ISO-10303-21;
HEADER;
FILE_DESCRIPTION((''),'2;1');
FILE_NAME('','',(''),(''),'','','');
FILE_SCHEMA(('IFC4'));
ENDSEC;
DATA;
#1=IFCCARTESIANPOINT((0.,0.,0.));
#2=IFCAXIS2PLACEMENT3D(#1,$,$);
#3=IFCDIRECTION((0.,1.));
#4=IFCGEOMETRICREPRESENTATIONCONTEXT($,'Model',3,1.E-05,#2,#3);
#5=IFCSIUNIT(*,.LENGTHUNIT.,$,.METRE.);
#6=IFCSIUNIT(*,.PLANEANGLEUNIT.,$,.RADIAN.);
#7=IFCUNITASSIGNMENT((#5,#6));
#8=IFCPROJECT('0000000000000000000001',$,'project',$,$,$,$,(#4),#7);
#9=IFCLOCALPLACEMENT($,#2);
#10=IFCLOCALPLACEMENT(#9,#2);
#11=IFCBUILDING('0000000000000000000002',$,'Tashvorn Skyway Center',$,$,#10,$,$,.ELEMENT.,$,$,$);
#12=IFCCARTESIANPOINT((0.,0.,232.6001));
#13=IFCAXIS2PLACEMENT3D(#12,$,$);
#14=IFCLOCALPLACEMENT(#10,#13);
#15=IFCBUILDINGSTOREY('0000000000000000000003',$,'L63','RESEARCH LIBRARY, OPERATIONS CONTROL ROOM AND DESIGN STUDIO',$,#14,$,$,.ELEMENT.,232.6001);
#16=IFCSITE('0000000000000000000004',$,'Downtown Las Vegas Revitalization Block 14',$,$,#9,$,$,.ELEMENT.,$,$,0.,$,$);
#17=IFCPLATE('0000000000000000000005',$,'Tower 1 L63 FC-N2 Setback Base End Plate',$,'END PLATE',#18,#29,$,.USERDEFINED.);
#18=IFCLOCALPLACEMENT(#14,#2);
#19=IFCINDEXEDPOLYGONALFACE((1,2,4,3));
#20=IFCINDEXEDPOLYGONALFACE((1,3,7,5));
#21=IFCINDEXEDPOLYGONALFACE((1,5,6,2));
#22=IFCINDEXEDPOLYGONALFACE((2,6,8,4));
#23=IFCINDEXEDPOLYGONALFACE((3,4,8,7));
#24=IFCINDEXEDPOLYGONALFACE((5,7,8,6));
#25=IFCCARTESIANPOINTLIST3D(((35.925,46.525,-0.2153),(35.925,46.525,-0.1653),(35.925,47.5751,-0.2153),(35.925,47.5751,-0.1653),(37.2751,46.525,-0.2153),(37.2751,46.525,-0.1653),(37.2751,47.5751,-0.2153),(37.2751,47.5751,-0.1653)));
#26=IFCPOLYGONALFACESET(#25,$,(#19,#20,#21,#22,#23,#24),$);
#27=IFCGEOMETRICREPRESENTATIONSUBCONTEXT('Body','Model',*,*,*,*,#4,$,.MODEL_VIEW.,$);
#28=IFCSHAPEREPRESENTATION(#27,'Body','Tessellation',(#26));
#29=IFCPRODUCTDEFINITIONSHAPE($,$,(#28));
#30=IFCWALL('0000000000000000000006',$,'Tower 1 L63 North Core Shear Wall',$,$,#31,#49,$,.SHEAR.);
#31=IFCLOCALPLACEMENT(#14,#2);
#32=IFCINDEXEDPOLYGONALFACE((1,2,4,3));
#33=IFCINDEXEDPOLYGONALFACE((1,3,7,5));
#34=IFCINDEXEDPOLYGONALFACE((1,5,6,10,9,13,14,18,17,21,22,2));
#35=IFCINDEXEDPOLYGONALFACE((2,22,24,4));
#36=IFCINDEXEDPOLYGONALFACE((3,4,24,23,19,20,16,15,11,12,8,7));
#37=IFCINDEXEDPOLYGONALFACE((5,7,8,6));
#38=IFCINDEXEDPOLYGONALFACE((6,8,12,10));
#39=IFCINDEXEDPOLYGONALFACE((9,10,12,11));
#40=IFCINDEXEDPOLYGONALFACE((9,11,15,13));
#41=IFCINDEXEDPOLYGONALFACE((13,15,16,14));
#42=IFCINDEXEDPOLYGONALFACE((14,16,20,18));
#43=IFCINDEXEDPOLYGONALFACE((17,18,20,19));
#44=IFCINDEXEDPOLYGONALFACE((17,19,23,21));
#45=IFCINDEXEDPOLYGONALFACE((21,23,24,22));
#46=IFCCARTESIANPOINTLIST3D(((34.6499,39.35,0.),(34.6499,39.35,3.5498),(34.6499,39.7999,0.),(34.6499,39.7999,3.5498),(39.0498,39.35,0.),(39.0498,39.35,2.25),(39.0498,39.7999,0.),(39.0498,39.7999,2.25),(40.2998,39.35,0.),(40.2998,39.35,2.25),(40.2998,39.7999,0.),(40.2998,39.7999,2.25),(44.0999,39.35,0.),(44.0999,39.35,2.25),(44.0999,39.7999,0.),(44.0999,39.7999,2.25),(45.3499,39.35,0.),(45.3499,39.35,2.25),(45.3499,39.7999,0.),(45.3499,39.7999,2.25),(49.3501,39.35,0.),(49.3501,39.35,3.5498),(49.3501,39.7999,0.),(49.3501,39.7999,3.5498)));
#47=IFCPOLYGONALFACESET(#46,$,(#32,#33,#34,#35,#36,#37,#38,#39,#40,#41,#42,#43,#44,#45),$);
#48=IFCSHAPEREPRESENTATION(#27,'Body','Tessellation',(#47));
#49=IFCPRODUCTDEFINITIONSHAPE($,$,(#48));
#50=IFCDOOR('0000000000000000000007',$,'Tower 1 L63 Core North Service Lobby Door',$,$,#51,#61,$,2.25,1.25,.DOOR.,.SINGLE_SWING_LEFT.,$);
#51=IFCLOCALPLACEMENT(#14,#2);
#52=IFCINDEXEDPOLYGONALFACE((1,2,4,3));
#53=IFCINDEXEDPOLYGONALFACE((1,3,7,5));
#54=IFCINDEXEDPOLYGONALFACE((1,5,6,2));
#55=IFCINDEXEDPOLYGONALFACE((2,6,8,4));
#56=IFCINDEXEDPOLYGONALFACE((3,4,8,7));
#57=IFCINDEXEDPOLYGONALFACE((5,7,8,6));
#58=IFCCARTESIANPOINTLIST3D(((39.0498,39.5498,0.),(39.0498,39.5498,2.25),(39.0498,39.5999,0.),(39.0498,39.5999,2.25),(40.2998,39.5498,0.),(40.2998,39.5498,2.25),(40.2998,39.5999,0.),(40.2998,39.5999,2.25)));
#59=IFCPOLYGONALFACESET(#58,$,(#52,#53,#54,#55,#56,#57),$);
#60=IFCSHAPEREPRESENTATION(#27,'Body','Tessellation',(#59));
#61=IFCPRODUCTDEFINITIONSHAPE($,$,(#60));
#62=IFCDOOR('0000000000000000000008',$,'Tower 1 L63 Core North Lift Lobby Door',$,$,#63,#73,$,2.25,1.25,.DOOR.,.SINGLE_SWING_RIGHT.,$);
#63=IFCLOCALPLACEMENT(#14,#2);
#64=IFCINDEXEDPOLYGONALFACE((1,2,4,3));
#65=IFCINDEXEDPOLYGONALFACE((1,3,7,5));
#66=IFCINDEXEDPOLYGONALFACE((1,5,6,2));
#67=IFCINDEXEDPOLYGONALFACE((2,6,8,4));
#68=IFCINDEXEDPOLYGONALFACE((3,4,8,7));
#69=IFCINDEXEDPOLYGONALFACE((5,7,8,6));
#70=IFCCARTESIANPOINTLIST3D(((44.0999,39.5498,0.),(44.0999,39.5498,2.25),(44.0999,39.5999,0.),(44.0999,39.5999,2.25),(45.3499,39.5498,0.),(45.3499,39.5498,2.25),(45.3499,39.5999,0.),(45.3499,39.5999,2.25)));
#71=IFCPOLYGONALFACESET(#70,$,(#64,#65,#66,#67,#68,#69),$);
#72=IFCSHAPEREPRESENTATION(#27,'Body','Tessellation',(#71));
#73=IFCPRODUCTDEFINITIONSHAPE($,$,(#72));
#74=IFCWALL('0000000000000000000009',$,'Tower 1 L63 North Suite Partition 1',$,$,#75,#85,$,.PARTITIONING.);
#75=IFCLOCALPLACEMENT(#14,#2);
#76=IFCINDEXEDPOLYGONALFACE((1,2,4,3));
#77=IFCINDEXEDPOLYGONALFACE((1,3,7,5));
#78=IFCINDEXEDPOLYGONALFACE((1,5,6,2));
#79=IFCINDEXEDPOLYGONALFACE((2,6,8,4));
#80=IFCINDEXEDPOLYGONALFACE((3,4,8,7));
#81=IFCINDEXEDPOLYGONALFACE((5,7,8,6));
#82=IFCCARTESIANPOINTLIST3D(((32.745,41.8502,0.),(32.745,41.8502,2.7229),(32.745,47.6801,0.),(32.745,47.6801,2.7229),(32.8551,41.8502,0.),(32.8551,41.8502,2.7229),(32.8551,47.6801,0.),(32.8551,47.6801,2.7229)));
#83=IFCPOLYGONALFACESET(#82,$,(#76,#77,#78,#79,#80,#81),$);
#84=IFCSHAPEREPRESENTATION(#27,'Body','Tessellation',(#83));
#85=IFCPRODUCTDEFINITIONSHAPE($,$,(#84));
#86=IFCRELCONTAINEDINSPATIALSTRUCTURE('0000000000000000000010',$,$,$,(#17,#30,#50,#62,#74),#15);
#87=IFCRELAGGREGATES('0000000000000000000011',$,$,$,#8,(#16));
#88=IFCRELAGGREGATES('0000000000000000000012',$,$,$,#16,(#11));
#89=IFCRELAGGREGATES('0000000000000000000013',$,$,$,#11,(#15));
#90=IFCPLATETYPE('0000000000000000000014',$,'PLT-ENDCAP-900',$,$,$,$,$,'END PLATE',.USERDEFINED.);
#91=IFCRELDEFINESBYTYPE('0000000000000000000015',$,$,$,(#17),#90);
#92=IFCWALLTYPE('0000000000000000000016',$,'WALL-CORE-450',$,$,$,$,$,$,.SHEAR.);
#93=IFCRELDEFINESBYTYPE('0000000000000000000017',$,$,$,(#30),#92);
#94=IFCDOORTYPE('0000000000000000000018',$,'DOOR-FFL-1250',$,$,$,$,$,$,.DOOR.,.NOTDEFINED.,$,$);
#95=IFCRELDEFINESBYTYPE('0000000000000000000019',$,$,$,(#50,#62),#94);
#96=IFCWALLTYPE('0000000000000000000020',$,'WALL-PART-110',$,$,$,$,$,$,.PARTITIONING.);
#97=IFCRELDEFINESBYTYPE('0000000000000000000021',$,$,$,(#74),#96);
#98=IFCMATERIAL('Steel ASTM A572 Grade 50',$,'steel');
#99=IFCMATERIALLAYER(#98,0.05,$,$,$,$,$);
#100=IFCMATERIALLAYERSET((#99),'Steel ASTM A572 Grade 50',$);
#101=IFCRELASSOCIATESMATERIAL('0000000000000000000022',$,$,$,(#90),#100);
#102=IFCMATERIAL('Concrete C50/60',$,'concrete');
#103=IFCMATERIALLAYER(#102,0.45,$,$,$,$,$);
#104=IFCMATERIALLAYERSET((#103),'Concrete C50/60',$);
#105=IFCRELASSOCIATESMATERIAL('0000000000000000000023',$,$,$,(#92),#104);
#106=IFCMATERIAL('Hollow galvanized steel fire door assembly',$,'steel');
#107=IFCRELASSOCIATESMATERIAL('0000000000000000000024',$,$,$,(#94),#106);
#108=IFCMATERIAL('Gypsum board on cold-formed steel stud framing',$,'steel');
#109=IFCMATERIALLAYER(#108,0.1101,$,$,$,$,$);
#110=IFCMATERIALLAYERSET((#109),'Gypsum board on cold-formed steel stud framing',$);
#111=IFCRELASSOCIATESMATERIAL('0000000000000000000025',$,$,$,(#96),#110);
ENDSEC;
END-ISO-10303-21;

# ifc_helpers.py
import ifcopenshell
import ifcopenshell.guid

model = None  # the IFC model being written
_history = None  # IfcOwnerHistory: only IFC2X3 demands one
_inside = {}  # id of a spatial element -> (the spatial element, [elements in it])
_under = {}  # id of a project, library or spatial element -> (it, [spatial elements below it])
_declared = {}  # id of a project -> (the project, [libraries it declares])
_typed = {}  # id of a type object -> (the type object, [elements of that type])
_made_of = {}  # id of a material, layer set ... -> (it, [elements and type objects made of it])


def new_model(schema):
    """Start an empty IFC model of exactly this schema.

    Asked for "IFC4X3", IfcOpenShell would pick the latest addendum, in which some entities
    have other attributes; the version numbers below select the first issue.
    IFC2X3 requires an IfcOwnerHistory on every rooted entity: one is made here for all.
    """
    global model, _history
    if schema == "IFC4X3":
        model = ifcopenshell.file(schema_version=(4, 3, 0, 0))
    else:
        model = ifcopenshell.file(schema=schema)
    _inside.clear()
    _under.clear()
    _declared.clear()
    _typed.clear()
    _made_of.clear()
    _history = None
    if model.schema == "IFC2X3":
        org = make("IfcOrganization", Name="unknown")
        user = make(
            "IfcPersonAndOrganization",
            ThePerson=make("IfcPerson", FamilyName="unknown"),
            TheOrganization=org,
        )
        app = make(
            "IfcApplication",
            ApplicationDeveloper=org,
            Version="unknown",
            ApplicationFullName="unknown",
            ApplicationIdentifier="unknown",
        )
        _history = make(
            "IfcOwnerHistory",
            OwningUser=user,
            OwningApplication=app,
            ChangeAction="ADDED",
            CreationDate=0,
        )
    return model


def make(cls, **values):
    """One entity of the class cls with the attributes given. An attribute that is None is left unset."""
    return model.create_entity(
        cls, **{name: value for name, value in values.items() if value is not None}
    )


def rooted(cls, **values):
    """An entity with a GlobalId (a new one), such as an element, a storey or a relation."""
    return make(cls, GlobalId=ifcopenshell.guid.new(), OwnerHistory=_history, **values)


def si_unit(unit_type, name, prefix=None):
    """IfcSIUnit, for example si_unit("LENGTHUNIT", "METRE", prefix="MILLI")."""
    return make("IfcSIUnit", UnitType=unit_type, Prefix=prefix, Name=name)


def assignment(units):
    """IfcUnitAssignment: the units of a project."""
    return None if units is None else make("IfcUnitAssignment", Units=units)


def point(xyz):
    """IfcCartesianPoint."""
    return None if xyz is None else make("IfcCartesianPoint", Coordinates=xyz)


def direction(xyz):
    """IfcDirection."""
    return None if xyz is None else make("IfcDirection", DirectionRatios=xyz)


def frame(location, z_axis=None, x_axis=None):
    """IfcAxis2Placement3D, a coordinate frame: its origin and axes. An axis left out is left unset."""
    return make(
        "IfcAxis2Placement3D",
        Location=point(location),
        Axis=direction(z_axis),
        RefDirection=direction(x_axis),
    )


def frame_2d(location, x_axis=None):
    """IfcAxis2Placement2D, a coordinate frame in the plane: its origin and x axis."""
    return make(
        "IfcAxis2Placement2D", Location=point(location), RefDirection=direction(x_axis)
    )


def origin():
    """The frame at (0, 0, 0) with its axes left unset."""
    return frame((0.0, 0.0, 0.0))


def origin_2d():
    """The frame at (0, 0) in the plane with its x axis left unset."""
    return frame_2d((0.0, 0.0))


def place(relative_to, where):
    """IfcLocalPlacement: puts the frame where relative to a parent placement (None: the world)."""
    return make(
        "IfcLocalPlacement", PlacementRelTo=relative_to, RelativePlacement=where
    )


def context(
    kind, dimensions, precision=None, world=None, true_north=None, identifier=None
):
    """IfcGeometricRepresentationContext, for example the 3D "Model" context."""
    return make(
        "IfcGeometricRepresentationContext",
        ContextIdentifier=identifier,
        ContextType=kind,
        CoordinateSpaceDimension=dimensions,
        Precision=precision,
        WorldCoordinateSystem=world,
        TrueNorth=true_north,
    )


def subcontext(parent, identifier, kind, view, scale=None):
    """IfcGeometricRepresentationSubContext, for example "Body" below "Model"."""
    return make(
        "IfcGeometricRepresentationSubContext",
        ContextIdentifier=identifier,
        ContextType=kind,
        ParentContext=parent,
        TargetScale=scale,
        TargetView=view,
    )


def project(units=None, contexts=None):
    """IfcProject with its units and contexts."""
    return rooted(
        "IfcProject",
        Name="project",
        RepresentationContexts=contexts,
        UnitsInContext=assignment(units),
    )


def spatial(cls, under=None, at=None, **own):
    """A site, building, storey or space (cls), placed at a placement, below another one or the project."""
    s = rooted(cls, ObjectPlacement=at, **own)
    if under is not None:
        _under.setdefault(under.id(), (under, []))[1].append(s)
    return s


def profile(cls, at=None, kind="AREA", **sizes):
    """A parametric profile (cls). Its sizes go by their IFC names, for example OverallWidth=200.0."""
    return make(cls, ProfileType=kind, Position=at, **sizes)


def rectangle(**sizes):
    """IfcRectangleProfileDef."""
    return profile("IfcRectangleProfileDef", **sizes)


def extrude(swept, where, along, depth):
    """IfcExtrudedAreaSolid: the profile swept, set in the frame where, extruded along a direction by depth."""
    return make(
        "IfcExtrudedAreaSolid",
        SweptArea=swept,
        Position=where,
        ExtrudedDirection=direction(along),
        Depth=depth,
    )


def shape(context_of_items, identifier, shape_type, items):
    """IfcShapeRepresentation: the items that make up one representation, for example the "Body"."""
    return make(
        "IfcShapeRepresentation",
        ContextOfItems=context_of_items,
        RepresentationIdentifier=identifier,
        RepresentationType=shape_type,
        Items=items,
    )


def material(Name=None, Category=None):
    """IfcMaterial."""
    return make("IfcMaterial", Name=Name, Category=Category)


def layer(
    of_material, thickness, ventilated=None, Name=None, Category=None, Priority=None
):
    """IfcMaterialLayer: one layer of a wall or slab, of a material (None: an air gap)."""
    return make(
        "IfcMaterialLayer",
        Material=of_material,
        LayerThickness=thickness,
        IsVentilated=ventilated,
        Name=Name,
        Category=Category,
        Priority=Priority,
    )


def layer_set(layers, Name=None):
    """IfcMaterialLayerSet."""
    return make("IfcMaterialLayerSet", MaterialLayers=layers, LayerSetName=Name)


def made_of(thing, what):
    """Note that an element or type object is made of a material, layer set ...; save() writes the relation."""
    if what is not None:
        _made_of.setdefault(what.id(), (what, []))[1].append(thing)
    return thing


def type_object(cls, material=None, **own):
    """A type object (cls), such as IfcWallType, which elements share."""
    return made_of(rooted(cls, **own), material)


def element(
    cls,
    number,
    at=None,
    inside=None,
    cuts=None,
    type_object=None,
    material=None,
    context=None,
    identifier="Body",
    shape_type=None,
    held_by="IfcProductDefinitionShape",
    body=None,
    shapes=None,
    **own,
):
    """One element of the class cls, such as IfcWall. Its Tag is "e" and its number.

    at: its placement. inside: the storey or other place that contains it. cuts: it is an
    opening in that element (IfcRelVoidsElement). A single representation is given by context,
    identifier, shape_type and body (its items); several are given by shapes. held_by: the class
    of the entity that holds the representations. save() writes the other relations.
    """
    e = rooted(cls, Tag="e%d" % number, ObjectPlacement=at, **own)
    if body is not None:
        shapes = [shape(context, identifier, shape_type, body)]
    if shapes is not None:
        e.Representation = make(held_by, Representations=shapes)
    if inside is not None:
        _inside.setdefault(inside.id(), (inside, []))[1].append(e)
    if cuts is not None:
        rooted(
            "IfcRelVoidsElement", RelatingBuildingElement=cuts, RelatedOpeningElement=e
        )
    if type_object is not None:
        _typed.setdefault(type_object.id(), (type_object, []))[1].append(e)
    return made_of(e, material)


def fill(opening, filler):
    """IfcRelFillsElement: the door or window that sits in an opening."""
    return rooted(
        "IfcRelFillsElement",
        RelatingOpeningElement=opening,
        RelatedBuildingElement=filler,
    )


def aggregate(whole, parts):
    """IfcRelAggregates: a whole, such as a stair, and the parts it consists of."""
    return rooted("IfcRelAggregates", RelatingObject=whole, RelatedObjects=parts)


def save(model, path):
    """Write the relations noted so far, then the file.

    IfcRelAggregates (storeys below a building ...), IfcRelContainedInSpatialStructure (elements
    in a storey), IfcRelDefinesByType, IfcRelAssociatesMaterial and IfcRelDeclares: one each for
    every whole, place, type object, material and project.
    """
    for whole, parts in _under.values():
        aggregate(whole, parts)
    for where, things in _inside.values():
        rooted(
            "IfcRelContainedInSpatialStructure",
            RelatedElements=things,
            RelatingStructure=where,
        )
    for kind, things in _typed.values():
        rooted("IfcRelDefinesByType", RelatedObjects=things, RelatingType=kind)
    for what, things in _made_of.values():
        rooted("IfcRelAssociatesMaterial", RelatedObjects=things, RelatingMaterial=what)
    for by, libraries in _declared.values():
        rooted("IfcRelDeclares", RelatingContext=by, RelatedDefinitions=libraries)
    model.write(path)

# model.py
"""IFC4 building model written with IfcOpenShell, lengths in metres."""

from ifc_helpers import new_model, si_unit, direction, frame, frame_2d, origin, origin_2d, place, context, subcontext, project, spatial, rectangle, extrude, material, layer, layer_set, type_object, element, fill, save


model = new_model("IFC4")

# Units and contexts
model_context = context("Model", 3, precision=1e-05, world=origin(), true_north=direction((0.0, 1.0)))
body_context = subcontext(model_context, "Body", "Model", "MODEL_VIEW")
ifc_project = project(units=[si_unit("LENGTHUNIT", "METRE"), si_unit("PLANEANGLEUNIT", "RADIAN")], contexts=[model_context])

# Site, building, storey
site_placement = place(None, origin())
site = spatial("IfcSite", under=ifc_project, at=site_placement, Name="Downtown Las Vegas Revitalization Block 14", CompositionType="ELEMENT", RefElevation=0.0)
building_placement = place(site_placement, origin())
building = spatial("IfcBuilding", under=site, at=building_placement, Name="Tashvorn Skyway Center", CompositionType="ELEMENT")
storey_placement = place(building_placement, frame((0.0, 0.0, 232.6001)))
storey = spatial("IfcBuildingStorey", under=building, at=storey_placement, Name="L63", Description="RESEARCH LIBRARY, OPERATIONS CONTROL ROOM AND DESIGN STUDIO", CompositionType="ELEMENT", Elevation=232.6001)

# Shared definitions
ifc_material_1 = material(Name="Steel ASTM A572 Grade 50", Category="steel")

# Plate
ifc_layer_1 = layer(ifc_material_1, 0.05)
ifc_layer_set_1 = layer_set([ifc_layer_1], Name="Steel ASTM A572 Grade 50")
plate_type_1 = type_object("IfcPlateType", Name="PLT-ENDCAP-900", ElementType="END PLATE", PredefinedType="USERDEFINED", material=ifc_layer_set_1)
plate_1_placement = place(storey_placement, frame((36.6001, 47.05, -0.2153), z_axis=(0.0, 0.0, 1.0), x_axis=(1.0, 0.0, 0.0)))
element("IfcPlate", 1, at=plate_1_placement, inside=storey, type_object=plate_type_1, Name="Tower 1 L63 FC-N2 Setback Base End Plate", ObjectType="END PLATE", PredefinedType="USERDEFINED", context=body_context, shape_type="SweptSolid", body=[
    extrude(rectangle(XDim=1.3501, YDim=1.05, at=origin_2d()), origin(), (0.0, 0.0, 1.0), 0.05),
])

# Wall, openings, doors
ifc_material_2 = material(Name="Concrete C50/60", Category="concrete")
ifc_layer_2 = layer(ifc_material_2, 0.45)
ifc_layer_set_2 = layer_set([ifc_layer_2], Name="Concrete C50/60")
wall_type_1 = type_object("IfcWallType", Name="WALL-CORE-450", PredefinedType="SHEAR", material=ifc_layer_set_2)
wall_1_placement = place(storey_placement, frame((34.6499, 39.575, 0.0), z_axis=(0.0, 0.0, 1.0), x_axis=(1.0, 0.0, 0.0)))
wall_1 = element("IfcWall", 2, at=wall_1_placement, inside=storey, type_object=wall_type_1, Name="Tower 1 L63 North Core Shear Wall", PredefinedType="SHEAR", context=body_context, shape_type="SweptSolid", body=[
    extrude(rectangle(XDim=14.7002, YDim=0.45, at=frame_2d((7.3501, 0.0))), origin(), (0.0, 0.0, 1.0), 3.5498),
])
opening_1_placement = place(wall_1_placement, frame((4.3999, 0.0, 0.0)))
opening_1 = element("IfcOpeningElement", 3, at=opening_1_placement, cuts=wall_1, PredefinedType="OPENING", context=body_context, shape_type="SweptSolid", body=[
    extrude(rectangle(XDim=1.25, YDim=2.25, at=frame_2d((0.625, 1.125))), frame((0.0, 0.2349, 0.0), z_axis=(0.0, -1.0, 0.0), x_axis=(1.0, 0.0, 0.0)), (0.0, 0.0, 1.0), 0.47),
])
opening_2_placement = place(wall_1_placement, frame((9.45, 0.0, 0.0)))
opening_2 = element("IfcOpeningElement", 4, at=opening_2_placement, cuts=wall_1, PredefinedType="OPENING", context=body_context, shape_type="SweptSolid", body=[
    extrude(rectangle(XDim=1.25, YDim=2.25, at=frame_2d((0.625, 1.125))), frame((0.0, 0.2349, 0.0), z_axis=(0.0, -1.0, 0.0), x_axis=(1.0, 0.0, 0.0)), (0.0, 0.0, 1.0), 0.47),
])
ifc_material_3 = material(Name="Hollow galvanized steel fire door assembly", Category="steel")
door_type_1 = type_object("IfcDoorType", Name="DOOR-FFL-1250", OperationType="NOTDEFINED", PredefinedType="DOOR", material=ifc_material_3)
door_1_placement = place(opening_1_placement, origin())
door_1 = element("IfcDoor", 5, at=door_1_placement, inside=storey, type_object=door_type_1, Name="Tower 1 L63 Core North Service Lobby Door", OperationType="SINGLE_SWING_LEFT", OverallHeight=2.25, OverallWidth=1.25, PredefinedType="DOOR", context=body_context, shape_type="SweptSolid", body=[
    extrude(rectangle(XDim=1.25, YDim=2.25, at=frame_2d((0.625, 1.125))), frame((0.0, 0.0249, 0.0), z_axis=(0.0, -1.0, 0.0), x_axis=(1.0, 0.0, 0.0)), (0.0, 0.0, 1.0), 0.05),
])
fill(opening_1, door_1)
door_2_placement = place(opening_2_placement, origin())
door_2 = element("IfcDoor", 6, at=door_2_placement, inside=storey, type_object=door_type_1, Name="Tower 1 L63 Core North Lift Lobby Door", OperationType="SINGLE_SWING_RIGHT", OverallHeight=2.25, OverallWidth=1.25, PredefinedType="DOOR", context=body_context, shape_type="SweptSolid", body=[
    extrude(rectangle(XDim=1.25, YDim=2.25, at=frame_2d((0.625, 1.125))), frame((0.0, 0.0249, 0.0), z_axis=(0.0, -1.0, 0.0), x_axis=(1.0, 0.0, 0.0)), (0.0, 0.0, 1.0), 0.05),
])
fill(opening_2, door_2)

# Wall
ifc_material_4 = material(Name="Gypsum board on cold-formed steel stud framing", Category="steel")
ifc_layer_3 = layer(ifc_material_4, 0.1101)
ifc_layer_set_3 = layer_set([ifc_layer_3], Name="Gypsum board on cold-formed steel stud framing")
wall_type_2 = type_object("IfcWallType", Name="WALL-PART-110", PredefinedType="PARTITIONING", material=ifc_layer_set_3)
wall_2_placement = place(storey_placement, frame((32.8, 41.8501, 0.0), z_axis=(0.0, 0.0, 1.0), x_axis=(0.0, 1.0, 0.0)))
element("IfcWall", 7, at=wall_2_placement, inside=storey, type_object=wall_type_2, Name="Tower 1 L63 North Suite Partition 1", PredefinedType="PARTITIONING", context=body_context, shape_type="SweptSolid", body=[
    extrude(rectangle(XDim=5.8298, YDim=0.1101, at=frame_2d((2.915, 0.0))), origin(), (0.0, 0.0, 1.0), 2.7229),
])

save(model, "model.ifc")
